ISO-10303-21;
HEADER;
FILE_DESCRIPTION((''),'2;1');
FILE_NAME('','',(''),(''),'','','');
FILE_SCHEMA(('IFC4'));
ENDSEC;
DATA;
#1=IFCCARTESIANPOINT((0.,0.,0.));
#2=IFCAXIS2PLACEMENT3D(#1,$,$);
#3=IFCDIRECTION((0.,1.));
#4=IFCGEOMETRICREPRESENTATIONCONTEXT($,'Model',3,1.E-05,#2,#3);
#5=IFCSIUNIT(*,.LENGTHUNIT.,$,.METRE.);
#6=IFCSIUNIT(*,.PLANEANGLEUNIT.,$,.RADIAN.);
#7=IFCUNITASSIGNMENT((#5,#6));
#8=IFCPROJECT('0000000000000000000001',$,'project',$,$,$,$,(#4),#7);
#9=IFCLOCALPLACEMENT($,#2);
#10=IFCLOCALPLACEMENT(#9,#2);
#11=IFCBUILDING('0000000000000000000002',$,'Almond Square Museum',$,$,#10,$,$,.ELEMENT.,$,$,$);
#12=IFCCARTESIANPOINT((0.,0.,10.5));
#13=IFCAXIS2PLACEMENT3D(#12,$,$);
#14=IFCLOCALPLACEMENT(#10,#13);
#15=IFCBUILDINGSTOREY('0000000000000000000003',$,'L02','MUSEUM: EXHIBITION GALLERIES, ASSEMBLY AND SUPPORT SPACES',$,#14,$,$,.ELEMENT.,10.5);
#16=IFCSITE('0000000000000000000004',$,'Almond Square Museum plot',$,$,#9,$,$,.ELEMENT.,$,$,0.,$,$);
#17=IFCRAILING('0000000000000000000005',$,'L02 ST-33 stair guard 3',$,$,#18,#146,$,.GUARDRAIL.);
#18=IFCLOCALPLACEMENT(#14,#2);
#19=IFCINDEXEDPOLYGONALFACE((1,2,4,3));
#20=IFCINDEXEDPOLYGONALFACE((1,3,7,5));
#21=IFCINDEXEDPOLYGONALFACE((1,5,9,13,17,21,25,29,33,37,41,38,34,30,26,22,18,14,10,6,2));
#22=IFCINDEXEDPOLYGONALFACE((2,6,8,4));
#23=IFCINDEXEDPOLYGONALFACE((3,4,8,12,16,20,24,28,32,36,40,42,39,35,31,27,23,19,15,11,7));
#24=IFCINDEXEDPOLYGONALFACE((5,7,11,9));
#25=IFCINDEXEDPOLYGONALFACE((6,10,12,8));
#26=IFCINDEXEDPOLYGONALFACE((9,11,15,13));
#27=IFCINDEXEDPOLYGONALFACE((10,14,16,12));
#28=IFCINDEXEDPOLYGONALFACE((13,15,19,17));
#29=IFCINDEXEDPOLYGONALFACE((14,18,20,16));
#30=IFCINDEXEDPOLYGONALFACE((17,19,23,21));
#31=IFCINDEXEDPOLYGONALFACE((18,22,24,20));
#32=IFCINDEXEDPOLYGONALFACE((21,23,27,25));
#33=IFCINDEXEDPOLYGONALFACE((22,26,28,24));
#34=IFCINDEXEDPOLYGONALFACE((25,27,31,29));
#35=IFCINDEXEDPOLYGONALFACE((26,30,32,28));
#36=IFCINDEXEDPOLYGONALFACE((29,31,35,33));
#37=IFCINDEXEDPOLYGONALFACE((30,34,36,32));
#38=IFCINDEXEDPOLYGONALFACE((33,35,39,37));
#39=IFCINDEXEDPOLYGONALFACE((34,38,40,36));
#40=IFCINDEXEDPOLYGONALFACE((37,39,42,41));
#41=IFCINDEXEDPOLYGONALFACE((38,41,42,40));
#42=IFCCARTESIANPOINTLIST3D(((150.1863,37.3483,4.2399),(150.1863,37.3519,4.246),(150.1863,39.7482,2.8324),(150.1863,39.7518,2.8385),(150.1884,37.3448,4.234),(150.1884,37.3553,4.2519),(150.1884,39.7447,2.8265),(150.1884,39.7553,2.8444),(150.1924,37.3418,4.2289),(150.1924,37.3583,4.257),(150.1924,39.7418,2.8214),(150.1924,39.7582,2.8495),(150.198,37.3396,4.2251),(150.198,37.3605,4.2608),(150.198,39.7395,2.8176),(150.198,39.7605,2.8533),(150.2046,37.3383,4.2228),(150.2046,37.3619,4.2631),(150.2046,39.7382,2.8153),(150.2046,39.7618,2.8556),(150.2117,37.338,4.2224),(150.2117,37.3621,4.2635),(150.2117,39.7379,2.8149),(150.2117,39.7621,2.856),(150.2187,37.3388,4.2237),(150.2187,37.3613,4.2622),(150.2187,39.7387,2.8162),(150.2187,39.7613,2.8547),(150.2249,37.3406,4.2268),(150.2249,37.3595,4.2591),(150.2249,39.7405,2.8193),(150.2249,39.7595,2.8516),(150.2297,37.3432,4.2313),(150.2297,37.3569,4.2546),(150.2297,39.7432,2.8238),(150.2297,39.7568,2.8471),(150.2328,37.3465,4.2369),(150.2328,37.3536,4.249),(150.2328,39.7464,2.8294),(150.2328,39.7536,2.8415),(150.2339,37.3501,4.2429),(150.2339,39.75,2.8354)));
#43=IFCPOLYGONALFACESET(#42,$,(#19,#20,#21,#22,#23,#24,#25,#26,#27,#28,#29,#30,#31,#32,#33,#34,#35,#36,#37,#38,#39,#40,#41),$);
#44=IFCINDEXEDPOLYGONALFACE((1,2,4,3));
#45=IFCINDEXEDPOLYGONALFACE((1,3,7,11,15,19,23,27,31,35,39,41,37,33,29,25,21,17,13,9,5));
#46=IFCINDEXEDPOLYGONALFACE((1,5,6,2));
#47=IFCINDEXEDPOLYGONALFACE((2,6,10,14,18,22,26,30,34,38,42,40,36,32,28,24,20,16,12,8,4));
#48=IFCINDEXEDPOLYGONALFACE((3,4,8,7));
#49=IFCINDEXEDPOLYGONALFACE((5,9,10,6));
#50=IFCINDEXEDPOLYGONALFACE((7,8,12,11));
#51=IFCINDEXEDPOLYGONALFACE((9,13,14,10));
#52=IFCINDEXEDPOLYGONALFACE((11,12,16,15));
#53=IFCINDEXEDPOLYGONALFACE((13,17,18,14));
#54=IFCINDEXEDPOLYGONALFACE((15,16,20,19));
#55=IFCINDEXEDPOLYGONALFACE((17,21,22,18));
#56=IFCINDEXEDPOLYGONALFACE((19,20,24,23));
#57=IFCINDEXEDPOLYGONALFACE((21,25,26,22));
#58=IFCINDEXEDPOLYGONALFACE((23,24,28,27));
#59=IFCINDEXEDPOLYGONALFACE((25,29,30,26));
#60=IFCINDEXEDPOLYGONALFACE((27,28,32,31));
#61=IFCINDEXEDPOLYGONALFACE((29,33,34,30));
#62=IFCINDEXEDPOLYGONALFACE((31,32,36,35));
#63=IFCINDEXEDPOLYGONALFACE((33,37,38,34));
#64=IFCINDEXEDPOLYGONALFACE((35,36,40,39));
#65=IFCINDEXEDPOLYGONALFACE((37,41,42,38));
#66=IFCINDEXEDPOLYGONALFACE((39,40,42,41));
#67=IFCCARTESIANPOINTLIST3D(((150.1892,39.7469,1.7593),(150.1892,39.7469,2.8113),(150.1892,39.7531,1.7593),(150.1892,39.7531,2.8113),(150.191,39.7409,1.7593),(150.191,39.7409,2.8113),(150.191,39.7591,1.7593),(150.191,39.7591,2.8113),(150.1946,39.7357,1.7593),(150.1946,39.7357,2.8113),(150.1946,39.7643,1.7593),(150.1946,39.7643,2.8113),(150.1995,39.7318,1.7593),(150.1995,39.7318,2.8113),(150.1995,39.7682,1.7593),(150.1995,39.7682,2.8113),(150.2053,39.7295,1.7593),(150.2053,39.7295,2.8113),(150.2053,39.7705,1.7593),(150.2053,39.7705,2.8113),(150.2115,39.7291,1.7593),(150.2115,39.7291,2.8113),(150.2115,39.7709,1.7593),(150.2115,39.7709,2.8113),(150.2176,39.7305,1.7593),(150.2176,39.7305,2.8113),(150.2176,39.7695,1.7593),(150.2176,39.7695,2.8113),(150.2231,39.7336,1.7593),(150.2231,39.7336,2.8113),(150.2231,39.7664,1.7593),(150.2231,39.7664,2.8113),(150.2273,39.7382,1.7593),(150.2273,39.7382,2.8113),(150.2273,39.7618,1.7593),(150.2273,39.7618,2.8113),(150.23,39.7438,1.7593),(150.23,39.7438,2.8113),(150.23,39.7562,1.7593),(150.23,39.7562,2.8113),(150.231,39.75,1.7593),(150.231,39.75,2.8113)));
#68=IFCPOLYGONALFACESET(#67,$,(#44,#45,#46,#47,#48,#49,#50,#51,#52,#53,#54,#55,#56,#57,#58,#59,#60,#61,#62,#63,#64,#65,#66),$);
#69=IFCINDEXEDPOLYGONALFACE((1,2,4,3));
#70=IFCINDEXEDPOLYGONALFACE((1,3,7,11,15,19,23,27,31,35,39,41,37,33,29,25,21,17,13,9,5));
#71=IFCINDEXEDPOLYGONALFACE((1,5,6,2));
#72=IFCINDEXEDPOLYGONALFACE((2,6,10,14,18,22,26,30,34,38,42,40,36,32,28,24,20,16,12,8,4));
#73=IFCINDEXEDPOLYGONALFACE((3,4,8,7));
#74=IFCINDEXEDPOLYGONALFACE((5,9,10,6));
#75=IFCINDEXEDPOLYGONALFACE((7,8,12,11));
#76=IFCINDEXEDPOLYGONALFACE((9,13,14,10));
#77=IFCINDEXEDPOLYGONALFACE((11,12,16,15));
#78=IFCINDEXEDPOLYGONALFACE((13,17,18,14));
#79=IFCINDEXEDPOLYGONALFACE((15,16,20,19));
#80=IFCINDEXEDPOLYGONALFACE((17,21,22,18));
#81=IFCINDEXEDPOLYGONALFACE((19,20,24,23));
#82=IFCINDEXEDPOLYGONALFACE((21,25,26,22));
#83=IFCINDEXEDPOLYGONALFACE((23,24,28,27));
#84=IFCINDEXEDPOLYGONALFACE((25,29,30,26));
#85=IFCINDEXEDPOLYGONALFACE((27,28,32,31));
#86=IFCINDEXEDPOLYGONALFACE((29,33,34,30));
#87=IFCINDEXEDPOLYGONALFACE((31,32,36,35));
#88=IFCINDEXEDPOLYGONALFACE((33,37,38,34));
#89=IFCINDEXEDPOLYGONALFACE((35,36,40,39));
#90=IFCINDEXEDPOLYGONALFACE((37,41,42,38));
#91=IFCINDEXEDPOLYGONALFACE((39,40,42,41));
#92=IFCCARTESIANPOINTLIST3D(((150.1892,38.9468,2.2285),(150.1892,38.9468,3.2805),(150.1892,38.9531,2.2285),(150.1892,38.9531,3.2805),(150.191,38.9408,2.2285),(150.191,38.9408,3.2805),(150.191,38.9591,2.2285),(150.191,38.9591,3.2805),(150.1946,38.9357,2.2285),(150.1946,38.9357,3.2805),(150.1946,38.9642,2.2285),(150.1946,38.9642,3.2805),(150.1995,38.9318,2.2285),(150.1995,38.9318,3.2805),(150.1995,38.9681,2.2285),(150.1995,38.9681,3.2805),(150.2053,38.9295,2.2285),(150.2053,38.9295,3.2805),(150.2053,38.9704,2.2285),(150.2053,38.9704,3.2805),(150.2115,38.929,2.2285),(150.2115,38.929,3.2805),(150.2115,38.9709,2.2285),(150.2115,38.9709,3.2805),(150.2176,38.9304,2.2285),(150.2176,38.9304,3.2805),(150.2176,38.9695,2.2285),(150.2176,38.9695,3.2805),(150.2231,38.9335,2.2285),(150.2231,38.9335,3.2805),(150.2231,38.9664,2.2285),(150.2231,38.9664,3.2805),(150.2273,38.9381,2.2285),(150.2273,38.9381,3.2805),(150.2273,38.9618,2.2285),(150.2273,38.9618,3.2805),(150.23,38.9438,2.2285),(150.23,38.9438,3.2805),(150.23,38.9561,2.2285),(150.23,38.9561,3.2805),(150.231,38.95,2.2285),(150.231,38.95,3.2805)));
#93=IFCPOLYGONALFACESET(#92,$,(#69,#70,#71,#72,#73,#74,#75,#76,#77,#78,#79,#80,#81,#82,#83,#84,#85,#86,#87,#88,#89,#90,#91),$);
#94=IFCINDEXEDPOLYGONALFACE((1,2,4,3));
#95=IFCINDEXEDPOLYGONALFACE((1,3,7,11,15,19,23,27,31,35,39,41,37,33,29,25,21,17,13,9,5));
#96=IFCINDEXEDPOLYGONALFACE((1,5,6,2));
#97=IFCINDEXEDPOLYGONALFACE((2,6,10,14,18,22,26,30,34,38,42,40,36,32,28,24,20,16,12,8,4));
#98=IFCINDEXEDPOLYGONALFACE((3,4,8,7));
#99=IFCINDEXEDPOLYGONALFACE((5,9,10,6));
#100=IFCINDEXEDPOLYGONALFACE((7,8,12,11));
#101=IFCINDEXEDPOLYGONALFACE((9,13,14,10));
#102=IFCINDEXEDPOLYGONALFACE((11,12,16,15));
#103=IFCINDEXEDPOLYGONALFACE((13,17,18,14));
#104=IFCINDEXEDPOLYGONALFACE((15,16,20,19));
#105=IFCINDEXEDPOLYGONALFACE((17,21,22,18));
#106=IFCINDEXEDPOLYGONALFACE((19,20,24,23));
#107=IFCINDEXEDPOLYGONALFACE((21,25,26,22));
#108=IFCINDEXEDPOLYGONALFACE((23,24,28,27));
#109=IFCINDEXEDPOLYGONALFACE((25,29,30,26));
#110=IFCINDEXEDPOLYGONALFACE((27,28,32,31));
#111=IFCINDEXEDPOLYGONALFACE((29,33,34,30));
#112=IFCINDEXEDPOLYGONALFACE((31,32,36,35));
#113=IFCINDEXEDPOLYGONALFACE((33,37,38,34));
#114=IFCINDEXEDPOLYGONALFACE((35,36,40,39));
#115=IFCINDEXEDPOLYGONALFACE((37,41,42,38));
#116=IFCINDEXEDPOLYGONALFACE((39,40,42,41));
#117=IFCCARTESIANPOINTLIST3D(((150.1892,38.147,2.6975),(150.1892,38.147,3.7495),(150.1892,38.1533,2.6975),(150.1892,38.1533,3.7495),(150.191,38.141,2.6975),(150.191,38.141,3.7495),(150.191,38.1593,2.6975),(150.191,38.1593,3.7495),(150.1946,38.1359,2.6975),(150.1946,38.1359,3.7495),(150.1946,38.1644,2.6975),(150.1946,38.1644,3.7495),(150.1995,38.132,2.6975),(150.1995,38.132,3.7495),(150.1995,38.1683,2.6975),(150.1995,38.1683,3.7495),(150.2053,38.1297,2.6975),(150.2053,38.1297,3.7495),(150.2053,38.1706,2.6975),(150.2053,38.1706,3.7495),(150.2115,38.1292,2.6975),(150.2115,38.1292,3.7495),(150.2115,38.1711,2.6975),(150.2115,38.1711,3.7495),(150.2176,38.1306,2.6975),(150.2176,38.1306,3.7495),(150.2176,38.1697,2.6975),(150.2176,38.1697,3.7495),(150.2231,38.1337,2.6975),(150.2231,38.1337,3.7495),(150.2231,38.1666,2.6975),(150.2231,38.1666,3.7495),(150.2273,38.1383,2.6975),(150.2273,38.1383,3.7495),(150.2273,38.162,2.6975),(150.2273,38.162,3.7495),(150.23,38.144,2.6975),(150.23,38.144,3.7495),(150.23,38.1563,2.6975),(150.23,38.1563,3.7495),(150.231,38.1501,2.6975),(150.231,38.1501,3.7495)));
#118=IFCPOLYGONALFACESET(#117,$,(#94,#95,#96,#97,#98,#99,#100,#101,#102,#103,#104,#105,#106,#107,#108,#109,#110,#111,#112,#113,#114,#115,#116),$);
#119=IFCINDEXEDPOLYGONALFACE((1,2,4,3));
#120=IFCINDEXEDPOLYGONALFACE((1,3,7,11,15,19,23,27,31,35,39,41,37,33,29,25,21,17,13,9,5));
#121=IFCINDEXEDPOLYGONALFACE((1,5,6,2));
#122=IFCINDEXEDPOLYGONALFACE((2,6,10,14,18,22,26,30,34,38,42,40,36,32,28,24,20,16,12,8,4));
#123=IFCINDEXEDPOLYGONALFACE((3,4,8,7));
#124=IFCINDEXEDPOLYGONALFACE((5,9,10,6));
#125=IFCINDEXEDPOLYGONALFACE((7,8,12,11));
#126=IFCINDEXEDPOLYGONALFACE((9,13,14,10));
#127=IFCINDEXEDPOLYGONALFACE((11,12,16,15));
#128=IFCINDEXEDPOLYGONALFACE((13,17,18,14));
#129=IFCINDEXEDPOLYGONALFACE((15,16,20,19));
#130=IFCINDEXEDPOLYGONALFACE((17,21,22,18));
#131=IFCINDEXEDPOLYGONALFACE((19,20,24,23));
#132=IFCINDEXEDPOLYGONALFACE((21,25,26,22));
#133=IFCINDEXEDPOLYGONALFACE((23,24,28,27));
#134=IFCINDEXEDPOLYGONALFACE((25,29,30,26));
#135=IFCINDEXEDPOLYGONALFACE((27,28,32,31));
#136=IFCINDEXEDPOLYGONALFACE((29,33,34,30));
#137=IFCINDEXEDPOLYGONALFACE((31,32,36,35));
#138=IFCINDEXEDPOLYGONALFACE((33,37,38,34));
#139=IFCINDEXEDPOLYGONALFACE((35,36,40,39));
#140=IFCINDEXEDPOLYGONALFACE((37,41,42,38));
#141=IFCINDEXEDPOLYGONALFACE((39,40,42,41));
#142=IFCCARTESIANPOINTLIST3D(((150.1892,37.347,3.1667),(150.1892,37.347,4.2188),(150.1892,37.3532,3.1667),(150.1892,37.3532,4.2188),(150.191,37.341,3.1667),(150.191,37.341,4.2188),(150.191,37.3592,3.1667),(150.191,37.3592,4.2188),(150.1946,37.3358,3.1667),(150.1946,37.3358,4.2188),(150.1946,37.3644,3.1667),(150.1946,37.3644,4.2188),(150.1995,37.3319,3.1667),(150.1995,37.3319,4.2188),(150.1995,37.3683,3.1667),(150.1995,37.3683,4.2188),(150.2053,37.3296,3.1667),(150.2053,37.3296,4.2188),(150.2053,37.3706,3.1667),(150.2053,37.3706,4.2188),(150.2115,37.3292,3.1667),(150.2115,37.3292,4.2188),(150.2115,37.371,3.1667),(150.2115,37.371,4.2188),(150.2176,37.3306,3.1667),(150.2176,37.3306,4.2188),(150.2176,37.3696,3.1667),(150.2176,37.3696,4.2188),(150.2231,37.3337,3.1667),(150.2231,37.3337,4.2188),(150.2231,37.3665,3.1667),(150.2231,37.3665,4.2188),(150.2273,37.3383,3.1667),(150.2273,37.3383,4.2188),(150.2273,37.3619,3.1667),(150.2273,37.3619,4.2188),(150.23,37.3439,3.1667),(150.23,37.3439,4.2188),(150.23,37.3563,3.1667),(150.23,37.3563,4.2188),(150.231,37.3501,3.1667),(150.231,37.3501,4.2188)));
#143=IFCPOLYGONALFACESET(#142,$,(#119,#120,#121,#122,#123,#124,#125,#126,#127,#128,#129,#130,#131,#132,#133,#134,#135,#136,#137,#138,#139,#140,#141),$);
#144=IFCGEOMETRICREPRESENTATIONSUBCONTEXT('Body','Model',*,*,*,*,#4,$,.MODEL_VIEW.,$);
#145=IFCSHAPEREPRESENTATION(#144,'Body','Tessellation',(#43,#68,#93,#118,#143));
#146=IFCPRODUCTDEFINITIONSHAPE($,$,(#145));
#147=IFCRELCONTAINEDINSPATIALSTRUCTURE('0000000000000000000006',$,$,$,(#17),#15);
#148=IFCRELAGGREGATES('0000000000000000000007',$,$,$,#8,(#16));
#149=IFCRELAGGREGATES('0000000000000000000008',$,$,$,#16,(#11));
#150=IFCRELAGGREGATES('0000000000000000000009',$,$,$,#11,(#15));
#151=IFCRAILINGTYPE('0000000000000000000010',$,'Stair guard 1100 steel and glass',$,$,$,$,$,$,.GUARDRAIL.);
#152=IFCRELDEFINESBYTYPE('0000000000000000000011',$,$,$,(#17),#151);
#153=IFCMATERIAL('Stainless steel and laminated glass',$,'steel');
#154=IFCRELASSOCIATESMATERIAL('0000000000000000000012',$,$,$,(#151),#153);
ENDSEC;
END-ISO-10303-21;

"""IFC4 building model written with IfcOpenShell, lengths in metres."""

from ifc_helpers import new_model, si_unit, direction, frame, origin, origin_2d, place, context, subcontext, project, spatial, circle, extrude, material, type_object, element, save


model = new_model("IFC4")

# Units and contexts
model_context = context("Model", 3, precision=1e-05, world=origin(), true_north=direction((0.0, 1.0)))
body_context = subcontext(model_context, "Body", "Model", "MODEL_VIEW")
ifc_project = project(units=[si_unit("LENGTHUNIT", "METRE"), si_unit("PLANEANGLEUNIT", "RADIAN")], contexts=[model_context])

# Site, building, storey
site_placement = place(None, origin())
site = spatial("IfcSite", under=ifc_project, at=site_placement, Name="Almond Square Museum plot", CompositionType="ELEMENT", RefElevation=0.0)
building_placement = place(site_placement, origin())
building = spatial("IfcBuilding", under=site, at=building_placement, Name="Almond Square Museum", CompositionType="ELEMENT")
storey_placement = place(building_placement, frame((0.0, 0.0, 10.5)))
storey = spatial("IfcBuildingStorey", under=building, at=storey_placement, Name="L02", Description="MUSEUM: EXHIBITION GALLERIES, ASSEMBLY AND SUPPORT SPACES", CompositionType="ELEMENT", Elevation=10.5)

# Railing
ifc_material_1 = material(Name="Stainless steel and laminated glass", Category="steel")
railing_type_1 = type_object("IfcRailingType", Name="Stair guard 1100 steel and glass", PredefinedType="GUARDRAIL", material=ifc_material_1)
railing_1_placement = place(storey_placement, frame((150.21, 39.75, 1.7593)))
element("IfcRailing", 1, at=railing_1_placement, inside=storey, type_object=railing_type_1, Name="L02 ST-33 stair guard 3", PredefinedType="GUARDRAIL", context=body_context, shape_type="SweptSolid", body=[
    extrude(circle(Radius=0.0239, at=origin_2d()), frame((0.0, 0.0, 1.0762), z_axis=(0.0, -0.862599, 0.505888), x_axis=(1.0, 0.0, 0.0)), (0.0, 0.0, 1.0), 2.7822),
    extrude(circle(Radius=0.021, at=origin_2d()), origin(), (0.0, 0.0, 1.0), 1.052),
    extrude(circle(Radius=0.021, at=origin_2d()), frame((0.0, -0.8, 0.4692)), (0.0, 0.0, 1.0), 1.052),
    extrude(circle(Radius=0.021, at=origin_2d()), frame((0.0, -1.5999, 0.9382)), (0.0, 0.0, 1.0), 1.052),
    extrude(circle(Radius=0.021, at=origin_2d()), frame((0.0, -2.3999, 1.4075)), (0.0, 0.0, 1.0), 1.052),
])

save(model, "model.ifc")
